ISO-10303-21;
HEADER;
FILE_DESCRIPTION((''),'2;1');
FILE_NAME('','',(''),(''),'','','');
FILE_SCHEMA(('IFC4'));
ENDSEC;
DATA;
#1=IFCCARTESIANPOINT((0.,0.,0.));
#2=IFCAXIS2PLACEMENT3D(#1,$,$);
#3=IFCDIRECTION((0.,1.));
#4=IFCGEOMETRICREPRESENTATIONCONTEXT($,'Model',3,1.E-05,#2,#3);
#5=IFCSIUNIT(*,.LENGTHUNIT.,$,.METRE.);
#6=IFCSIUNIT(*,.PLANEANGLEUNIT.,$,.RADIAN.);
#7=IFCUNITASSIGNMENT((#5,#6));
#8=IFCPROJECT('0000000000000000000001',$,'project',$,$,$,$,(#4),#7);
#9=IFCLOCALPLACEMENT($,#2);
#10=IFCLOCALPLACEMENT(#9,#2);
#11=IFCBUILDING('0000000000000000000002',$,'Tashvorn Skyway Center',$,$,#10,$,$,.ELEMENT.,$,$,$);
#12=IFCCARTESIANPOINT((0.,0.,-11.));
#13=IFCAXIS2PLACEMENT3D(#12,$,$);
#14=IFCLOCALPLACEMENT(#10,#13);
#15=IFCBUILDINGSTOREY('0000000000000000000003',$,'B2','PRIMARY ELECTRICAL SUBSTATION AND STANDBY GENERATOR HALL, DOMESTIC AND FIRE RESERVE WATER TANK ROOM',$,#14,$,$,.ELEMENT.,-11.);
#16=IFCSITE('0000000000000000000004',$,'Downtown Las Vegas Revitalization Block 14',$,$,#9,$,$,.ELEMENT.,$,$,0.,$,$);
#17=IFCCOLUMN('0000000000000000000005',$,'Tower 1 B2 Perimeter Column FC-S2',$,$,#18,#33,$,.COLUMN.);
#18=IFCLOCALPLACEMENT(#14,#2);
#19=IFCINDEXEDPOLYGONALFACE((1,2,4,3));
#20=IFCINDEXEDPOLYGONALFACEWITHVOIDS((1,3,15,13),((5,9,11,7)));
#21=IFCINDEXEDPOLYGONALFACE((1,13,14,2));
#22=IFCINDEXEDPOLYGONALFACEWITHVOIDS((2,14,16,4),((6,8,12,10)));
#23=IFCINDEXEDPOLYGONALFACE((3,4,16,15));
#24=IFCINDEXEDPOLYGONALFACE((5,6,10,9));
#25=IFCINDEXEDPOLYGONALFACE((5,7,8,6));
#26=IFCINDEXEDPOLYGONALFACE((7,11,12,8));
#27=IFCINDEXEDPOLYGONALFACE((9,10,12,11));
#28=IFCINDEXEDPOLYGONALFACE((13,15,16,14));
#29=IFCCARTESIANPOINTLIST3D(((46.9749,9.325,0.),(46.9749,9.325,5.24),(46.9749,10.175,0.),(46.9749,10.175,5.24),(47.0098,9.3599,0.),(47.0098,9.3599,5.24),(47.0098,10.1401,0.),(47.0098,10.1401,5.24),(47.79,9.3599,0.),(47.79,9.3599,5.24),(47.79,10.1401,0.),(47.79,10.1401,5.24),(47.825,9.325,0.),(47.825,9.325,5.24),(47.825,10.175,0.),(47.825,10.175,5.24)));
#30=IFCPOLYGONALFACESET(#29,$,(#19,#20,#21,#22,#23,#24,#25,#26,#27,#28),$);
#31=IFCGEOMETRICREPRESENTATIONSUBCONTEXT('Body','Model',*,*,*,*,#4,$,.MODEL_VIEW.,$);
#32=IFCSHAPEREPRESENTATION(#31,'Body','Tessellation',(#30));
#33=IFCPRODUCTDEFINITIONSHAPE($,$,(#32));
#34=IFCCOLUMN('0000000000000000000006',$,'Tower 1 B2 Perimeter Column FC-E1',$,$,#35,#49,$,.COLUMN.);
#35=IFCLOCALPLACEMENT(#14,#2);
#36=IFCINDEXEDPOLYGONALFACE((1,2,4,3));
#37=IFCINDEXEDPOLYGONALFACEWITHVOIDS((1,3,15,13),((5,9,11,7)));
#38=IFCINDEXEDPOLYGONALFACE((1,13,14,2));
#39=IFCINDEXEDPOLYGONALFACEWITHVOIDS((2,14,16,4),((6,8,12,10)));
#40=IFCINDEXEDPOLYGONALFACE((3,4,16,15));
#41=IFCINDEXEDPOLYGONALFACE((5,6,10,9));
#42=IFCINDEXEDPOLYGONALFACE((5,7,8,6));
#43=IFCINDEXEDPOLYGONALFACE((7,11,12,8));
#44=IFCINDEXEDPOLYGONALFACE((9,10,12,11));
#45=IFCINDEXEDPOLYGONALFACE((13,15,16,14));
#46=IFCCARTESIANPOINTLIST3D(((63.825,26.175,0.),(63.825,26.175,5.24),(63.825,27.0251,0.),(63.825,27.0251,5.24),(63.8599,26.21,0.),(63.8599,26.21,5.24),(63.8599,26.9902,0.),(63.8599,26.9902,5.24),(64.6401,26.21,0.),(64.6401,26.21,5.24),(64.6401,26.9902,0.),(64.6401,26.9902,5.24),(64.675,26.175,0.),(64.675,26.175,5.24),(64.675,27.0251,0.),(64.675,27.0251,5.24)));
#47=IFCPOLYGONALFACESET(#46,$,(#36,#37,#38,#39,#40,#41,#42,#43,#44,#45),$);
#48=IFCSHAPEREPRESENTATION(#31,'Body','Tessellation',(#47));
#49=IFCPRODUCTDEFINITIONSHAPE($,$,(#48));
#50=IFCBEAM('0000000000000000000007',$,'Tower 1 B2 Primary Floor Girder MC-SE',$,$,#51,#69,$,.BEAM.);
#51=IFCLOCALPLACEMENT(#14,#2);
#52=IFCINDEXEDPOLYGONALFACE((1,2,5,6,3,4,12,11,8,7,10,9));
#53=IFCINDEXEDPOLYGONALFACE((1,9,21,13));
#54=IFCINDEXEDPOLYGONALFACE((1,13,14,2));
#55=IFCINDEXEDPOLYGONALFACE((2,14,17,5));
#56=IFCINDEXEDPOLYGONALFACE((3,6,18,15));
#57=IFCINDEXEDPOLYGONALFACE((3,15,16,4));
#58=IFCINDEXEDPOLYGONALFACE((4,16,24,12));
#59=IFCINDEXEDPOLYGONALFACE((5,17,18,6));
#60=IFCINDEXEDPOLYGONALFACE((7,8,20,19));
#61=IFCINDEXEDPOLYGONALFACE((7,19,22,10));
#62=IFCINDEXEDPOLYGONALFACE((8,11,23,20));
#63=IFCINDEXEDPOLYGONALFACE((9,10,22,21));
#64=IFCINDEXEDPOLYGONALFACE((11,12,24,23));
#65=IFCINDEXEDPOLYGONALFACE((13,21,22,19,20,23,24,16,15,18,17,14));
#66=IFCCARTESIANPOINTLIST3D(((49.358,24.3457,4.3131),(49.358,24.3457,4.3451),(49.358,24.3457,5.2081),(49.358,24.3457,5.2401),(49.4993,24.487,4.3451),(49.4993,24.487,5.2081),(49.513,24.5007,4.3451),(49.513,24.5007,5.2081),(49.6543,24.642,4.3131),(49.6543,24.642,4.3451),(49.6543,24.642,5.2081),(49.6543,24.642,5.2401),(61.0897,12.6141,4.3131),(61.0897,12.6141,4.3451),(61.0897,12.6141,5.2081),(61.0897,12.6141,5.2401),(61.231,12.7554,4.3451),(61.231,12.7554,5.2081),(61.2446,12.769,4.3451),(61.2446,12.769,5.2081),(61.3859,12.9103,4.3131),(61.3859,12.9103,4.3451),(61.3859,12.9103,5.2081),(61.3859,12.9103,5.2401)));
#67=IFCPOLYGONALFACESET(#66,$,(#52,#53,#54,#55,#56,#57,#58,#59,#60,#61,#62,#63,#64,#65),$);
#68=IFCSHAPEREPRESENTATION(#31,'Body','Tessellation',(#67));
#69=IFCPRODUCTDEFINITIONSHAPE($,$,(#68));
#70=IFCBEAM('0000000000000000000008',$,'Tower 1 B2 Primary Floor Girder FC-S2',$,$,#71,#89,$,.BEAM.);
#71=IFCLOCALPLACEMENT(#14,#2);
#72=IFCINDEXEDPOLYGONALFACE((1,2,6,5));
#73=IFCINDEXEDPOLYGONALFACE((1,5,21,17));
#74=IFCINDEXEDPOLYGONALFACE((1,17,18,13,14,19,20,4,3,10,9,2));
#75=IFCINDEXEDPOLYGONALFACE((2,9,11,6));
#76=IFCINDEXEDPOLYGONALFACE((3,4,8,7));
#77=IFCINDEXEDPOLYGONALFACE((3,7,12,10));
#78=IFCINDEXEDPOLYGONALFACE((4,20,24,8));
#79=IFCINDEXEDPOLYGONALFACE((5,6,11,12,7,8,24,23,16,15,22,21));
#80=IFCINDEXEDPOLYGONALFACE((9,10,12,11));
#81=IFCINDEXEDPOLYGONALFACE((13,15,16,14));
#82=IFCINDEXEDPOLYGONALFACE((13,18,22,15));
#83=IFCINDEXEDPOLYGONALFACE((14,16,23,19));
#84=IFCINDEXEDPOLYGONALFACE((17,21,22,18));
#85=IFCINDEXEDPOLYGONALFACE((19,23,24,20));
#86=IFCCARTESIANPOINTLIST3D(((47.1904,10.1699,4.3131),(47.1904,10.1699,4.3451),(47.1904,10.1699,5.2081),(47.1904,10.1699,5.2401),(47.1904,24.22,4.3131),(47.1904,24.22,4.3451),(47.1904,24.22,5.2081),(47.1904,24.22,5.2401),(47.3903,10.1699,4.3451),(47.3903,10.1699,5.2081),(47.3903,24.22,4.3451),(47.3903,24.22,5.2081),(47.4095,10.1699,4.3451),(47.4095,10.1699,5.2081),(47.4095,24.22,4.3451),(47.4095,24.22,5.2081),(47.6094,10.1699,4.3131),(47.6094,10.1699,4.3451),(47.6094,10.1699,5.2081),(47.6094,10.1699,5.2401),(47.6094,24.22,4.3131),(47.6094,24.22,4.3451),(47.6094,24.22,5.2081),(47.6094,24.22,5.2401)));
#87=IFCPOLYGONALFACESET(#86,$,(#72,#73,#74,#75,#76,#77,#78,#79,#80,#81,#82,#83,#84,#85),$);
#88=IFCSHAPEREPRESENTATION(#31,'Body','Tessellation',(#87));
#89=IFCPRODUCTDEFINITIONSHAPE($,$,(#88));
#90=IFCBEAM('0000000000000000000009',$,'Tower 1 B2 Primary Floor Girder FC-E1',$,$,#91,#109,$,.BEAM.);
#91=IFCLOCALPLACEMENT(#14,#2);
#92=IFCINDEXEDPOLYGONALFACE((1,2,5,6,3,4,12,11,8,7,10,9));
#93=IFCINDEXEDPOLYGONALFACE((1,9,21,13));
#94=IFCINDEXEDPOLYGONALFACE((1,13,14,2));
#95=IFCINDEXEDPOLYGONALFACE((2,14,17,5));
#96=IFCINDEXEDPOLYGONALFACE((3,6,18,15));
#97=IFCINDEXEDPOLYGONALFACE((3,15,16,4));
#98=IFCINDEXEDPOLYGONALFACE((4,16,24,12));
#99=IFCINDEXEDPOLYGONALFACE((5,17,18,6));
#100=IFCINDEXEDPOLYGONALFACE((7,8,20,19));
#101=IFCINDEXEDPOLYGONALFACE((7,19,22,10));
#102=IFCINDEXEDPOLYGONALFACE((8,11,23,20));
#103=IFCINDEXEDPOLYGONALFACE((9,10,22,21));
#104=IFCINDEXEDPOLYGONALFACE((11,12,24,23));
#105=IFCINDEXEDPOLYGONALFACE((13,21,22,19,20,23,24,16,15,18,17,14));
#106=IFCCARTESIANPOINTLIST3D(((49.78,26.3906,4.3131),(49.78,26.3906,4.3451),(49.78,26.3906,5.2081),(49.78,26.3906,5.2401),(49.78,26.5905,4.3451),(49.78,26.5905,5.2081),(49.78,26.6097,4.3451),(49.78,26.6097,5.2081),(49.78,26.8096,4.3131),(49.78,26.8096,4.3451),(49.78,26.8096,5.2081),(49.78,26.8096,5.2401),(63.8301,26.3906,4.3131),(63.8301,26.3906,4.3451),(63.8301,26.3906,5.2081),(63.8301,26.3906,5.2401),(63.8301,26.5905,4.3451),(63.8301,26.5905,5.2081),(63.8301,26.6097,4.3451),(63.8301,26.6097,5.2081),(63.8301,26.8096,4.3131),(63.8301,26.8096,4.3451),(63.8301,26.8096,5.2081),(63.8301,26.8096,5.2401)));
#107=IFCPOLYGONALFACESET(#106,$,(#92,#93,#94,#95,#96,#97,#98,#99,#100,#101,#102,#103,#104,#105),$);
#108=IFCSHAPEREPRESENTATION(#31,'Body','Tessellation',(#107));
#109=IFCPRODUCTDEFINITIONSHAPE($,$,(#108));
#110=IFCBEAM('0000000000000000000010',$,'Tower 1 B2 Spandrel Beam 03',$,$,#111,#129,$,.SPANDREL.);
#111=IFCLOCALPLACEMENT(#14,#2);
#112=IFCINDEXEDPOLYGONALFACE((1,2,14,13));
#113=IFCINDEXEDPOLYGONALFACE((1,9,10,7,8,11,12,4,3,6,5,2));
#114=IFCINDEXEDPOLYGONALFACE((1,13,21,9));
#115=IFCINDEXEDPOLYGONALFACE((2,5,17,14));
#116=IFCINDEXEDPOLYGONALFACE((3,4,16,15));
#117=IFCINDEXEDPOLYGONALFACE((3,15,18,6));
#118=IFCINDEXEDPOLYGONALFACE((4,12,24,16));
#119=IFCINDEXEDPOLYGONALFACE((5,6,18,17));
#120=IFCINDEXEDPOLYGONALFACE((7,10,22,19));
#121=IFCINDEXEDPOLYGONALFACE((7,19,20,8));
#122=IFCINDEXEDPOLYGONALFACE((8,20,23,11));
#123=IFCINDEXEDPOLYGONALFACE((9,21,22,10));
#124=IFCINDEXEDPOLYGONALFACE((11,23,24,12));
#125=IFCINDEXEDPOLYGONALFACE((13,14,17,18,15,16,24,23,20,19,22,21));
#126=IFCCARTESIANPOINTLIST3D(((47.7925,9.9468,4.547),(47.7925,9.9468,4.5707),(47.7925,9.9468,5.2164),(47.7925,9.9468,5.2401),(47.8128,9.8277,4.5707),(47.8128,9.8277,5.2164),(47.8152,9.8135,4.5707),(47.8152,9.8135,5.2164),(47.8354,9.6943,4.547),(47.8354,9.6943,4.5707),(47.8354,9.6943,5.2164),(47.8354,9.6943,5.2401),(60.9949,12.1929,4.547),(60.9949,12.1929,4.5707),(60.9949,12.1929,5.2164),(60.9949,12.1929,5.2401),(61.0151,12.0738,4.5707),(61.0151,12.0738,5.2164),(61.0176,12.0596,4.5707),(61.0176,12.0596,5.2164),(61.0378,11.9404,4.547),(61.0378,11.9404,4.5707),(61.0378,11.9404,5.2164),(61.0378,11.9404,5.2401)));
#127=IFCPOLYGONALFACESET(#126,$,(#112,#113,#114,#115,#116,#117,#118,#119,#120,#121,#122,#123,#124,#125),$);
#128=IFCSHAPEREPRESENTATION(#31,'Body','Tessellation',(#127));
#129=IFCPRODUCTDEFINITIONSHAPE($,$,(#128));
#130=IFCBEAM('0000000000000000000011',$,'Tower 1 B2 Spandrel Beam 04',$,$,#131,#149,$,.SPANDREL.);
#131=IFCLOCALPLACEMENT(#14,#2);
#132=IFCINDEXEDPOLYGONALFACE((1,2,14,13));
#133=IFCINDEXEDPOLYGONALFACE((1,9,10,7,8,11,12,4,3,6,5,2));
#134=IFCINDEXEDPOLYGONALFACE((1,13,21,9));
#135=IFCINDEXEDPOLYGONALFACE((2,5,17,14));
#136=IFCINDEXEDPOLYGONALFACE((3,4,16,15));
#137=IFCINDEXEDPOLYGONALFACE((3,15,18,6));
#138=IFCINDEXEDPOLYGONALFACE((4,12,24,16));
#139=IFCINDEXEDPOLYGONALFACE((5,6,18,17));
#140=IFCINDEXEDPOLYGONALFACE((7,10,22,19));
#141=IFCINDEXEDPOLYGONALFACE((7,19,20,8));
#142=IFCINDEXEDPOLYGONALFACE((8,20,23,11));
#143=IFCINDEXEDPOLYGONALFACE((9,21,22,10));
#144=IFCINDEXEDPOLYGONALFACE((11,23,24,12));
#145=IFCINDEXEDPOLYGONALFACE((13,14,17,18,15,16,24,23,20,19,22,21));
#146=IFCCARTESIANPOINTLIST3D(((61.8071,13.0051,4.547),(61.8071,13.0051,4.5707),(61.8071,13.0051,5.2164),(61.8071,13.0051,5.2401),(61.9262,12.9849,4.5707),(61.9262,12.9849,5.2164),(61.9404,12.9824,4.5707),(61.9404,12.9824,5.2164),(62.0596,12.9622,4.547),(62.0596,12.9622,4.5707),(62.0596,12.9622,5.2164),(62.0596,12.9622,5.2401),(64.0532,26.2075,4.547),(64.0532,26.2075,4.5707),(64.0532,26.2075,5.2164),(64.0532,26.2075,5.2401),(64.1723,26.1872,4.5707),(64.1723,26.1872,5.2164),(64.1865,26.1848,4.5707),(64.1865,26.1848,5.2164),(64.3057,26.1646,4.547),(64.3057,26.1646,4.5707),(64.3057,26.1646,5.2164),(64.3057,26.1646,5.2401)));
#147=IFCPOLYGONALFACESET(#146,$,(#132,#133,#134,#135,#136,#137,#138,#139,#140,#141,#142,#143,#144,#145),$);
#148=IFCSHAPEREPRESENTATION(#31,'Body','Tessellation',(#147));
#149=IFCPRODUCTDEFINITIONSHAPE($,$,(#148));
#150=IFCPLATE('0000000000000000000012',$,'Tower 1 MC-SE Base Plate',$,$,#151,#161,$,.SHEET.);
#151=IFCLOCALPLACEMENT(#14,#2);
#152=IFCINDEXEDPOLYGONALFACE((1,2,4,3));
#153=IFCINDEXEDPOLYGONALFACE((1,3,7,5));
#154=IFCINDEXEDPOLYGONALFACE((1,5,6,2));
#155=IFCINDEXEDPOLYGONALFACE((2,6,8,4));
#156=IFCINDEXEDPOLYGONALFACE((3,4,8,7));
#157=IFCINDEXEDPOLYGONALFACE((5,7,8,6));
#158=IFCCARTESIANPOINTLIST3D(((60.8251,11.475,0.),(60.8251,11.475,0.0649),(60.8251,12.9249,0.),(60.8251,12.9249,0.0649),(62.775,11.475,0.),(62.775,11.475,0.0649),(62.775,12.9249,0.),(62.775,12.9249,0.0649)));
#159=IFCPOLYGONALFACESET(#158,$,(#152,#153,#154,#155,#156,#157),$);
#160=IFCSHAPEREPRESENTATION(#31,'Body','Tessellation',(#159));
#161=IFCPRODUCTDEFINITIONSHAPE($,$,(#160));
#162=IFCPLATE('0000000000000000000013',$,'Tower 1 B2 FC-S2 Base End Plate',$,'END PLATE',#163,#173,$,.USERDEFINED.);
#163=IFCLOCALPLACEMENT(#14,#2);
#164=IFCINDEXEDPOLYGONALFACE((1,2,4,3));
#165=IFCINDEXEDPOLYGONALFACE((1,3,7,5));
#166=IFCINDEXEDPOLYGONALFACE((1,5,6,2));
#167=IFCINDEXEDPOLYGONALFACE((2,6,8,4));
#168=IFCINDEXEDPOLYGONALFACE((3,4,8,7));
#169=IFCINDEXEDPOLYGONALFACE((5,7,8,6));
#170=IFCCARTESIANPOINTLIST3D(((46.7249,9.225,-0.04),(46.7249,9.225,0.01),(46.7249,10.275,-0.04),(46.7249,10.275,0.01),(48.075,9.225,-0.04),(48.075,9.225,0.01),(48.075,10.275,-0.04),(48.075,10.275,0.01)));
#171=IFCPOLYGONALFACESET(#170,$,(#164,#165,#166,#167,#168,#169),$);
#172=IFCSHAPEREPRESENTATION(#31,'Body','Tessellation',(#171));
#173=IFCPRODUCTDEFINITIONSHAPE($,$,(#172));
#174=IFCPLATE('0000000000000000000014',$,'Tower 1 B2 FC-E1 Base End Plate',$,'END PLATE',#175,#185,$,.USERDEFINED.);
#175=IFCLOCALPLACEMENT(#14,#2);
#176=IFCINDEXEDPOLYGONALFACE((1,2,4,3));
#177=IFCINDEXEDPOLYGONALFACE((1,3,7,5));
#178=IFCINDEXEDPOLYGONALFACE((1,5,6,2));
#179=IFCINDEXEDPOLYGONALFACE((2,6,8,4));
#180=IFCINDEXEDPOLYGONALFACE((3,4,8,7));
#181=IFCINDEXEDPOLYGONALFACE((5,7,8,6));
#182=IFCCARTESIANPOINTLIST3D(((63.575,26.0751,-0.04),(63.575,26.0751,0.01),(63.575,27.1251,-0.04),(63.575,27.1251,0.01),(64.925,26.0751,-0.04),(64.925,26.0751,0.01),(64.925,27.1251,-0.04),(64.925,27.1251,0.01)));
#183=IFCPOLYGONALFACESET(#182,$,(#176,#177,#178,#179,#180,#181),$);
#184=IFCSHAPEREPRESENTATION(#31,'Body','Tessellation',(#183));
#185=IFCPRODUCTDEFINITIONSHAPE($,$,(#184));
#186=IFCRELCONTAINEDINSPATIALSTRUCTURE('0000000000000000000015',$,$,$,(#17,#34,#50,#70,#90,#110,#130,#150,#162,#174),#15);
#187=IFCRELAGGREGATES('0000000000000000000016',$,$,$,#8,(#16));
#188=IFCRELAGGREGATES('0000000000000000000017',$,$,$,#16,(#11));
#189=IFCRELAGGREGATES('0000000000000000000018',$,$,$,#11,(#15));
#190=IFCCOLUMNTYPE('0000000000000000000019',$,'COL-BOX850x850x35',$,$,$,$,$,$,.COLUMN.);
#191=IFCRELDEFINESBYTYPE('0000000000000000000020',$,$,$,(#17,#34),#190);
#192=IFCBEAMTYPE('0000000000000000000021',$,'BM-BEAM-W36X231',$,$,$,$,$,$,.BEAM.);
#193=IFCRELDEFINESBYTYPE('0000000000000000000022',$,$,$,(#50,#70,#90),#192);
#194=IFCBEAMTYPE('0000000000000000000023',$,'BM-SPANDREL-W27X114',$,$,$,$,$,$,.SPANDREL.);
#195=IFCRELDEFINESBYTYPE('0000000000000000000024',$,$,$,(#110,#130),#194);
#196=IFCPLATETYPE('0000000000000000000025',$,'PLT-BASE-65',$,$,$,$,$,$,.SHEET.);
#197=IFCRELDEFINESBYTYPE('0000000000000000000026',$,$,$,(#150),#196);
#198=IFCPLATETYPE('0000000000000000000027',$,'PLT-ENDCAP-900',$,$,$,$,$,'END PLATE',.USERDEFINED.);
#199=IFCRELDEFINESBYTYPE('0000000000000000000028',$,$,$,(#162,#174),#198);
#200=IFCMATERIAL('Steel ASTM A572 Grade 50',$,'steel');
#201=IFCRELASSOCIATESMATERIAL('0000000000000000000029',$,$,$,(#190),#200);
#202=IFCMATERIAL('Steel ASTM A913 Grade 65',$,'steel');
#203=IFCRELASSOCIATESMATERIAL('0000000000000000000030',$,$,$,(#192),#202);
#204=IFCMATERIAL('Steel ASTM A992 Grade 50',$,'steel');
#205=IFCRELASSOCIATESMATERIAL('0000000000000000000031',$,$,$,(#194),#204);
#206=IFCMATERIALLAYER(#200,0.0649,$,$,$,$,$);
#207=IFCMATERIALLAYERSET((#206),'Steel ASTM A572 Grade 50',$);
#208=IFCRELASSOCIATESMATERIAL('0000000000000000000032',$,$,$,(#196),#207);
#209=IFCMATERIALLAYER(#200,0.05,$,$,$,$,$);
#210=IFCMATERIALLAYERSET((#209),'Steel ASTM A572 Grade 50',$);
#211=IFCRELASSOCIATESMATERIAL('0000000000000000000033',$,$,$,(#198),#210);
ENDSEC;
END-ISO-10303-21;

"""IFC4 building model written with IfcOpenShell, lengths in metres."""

from ifc_helpers import new_model, si_unit, direction, frame, origin, origin_2d, place, context, subcontext, project, spatial, rectangle, hollow_rectangle, i_section, extrude, material, layer, layer_set, material_profile, profile_set, type_object, element, save


model = new_model("IFC4")

# Units and contexts
model_context = context("Model", 3, precision=1e-05, world=origin(), true_north=direction((0.0, 1.0)))
body_context = subcontext(model_context, "Body", "Model", "MODEL_VIEW")
ifc_project = project(units=[si_unit("LENGTHUNIT", "METRE"), si_unit("PLANEANGLEUNIT", "RADIAN")], contexts=[model_context])

# Site, building, storey
site_placement = place(None, origin())
site = spatial("IfcSite", under=ifc_project, at=site_placement, Name="Downtown Las Vegas Revitalization Block 14", CompositionType="ELEMENT", RefElevation=0.0)
building_placement = place(site_placement, origin())
building = spatial("IfcBuilding", under=site, at=building_placement, Name="Tashvorn Skyway Center", CompositionType="ELEMENT")
storey_placement = place(building_placement, frame((0.0, 0.0, -11.0)))
storey = spatial("IfcBuildingStorey", under=building, at=storey_placement, Name="B2", Description="PRIMARY ELECTRICAL SUBSTATION AND STANDBY GENERATOR HALL, DOMESTIC AND FIRE RESERVE WATER TANK ROOM", CompositionType="ELEMENT", Elevation=-11.0)

# Columns
ifc_material_1 = material(Name="Steel ASTM A572 Grade 50", Category="steel")
ifc_material_profile_1 = material_profile(ifc_material_1, hollow_rectangle(XDim=0.8501, YDim=0.8501, WallThickness=0.0349, at=origin_2d()), Name="BOX850x850x35")
ifc_profile_set_1 = profile_set([ifc_material_profile_1], Name="Steel ASTM A572 Grade 50")
column_type_1 = type_object("IfcColumnType", Name="COL-BOX850x850x35", PredefinedType="COLUMN", material=ifc_profile_set_1)
for number, where, z_axis, x_axis, name in (
    (1, (47.3999, 9.75, 0.0), (0.0, 0.0, 1.0), (1.0, 0.0, 0.0), "Tower 1 B2 Perimeter Column FC-S2"),
    (2, (64.25, 26.6001, 0.0), (0.0, 0.0, 1.0), (1.0, 0.0, 0.0), "Tower 1 B2 Perimeter Column FC-E1"),
):
    element("IfcColumn", number, at=place(storey_placement, frame(where, z_axis=z_axis, x_axis=x_axis)), inside=storey, type_object=column_type_1, Name=name, PredefinedType="COLUMN", context=body_context, shape_type="SweptSolid", body=[
        extrude(hollow_rectangle(XDim=0.8501, YDim=0.8501, WallThickness=0.0349, at=origin_2d()), origin(), (0.0, 0.0, 1.0), 5.24),
    ])

# Beams
ifc_material_2 = material(Name="Steel ASTM A913 Grade 65", Category="steel")
ifc_material_profile_2 = material_profile(ifc_material_2, i_section(OverallWidth=0.4189, OverallDepth=0.927, WebThickness=0.0193, FlangeThickness=0.032, at=origin_2d()), Name="W36X231")
ifc_profile_set_2 = profile_set([ifc_material_profile_2], Name="Steel ASTM A913 Grade 65")
beam_type_1 = type_object("IfcBeamType", Name="BM-BEAM-W36X231", PredefinedType="BEAM", material=ifc_profile_set_2)
beam_placement = place(storey_placement, frame((61.2378, 12.7622, 4.7766), z_axis=(-0.707107, 0.707107, 0.0), x_axis=(-0.707107, -0.707107, 0.0)))
element("IfcBeam", 3, at=beam_placement, inside=storey, type_object=beam_type_1, Name="Tower 1 B2 Primary Floor Girder MC-SE", PredefinedType="BEAM", context=body_context, shape_type="SweptSolid", body=[
    extrude(i_section(OverallWidth=0.4189, OverallDepth=0.927, WebThickness=0.0193, FlangeThickness=0.032, at=origin_2d()), origin(), (0.0, 0.0, 1.0), 16.5911),
])
for number, where, z_axis, x_axis, name in (
    (4, (47.3999, 10.1699, 4.7766), (0.0, 1.0, 0.0), (-1.0, 0.0, 0.0), "Tower 1 B2 Primary Floor Girder FC-S2"),
    (5, (63.8301, 26.6001, 4.7766), (-1.0, 0.0, 0.0), (0.0, -1.0, 0.0), "Tower 1 B2 Primary Floor Girder FC-E1"),
):
    element("IfcBeam", number, at=place(storey_placement, frame(where, z_axis=z_axis, x_axis=x_axis)), inside=storey, type_object=beam_type_1, Name=name, PredefinedType="BEAM", context=body_context, shape_type="SweptSolid", body=[
        extrude(i_section(OverallWidth=0.4189, OverallDepth=0.927, WebThickness=0.0193, FlangeThickness=0.032, at=origin_2d()), origin(), (0.0, 0.0, 1.0), 14.05),
    ])
ifc_material_3 = material(Name="Steel ASTM A992 Grade 50", Category="steel")
ifc_material_profile_3 = material_profile(ifc_material_3, i_section(OverallWidth=0.2561, OverallDepth=0.6931, WebThickness=0.0144, FlangeThickness=0.0237, at=origin_2d()), Name="W27X114")
ifc_profile_set_3 = profile_set([ifc_material_profile_3], Name="Steel ASTM A992 Grade 50")
beam_type_2 = type_object("IfcBeamType", Name="BM-SPANDREL-W27X114", PredefinedType="SPANDREL", material=ifc_profile_set_3)
for number, where, z_axis, x_axis, name in (
    (6, (47.814, 9.8206, 4.8936), (0.985835, 0.167718, 0.0), (-0.167718, 0.985835, 0.0), "Tower 1 B2 Spandrel Beam 03"),
    (7, (61.9333, 12.9836, 4.8936), (0.167718, 0.985835, 0.0), (-0.985835, 0.167718, 0.0), "Tower 1 B2 Spandrel Beam 04"),
):
    element("IfcBeam", number, at=place(storey_placement, frame(where, z_axis=z_axis, x_axis=x_axis)), inside=storey, type_object=beam_type_2, Name=name, PredefinedType="SPANDREL", context=body_context, shape_type="SweptSolid", body=[
        extrude(i_section(OverallWidth=0.2561, OverallDepth=0.6931, WebThickness=0.0144, FlangeThickness=0.0237, at=origin_2d()), origin(), (0.0, 0.0, 1.0), 13.3921),
    ])

# Plates
ifc_layer_1 = layer(ifc_material_1, 0.0649)
ifc_layer_set_1 = layer_set([ifc_layer_1], Name="Steel ASTM A572 Grade 50")
plate_type_1 = type_object("IfcPlateType", Name="PLT-BASE-65", PredefinedType="SHEET", material=ifc_layer_set_1)
plate_placement = place(storey_placement, frame((61.8, 12.2, 0.0), z_axis=(0.0, 0.0, 1.0), x_axis=(1.0, 0.0, 0.0)))
element("IfcPlate", 8, at=plate_placement, inside=storey, type_object=plate_type_1, Name="Tower 1 MC-SE Base Plate", PredefinedType="SHEET", context=body_context, shape_type="SweptSolid", body=[
    extrude(rectangle(XDim=1.95, YDim=1.45, at=origin_2d()), origin(), (0.0, 0.0, 1.0), 0.0649),
])
ifc_layer_2 = layer(ifc_material_1, 0.05)
ifc_layer_set_2 = layer_set([ifc_layer_2], Name="Steel ASTM A572 Grade 50")
plate_type_2 = type_object("IfcPlateType", Name="PLT-ENDCAP-900", ElementType="END PLATE", PredefinedType="USERDEFINED", material=ifc_layer_set_2)
for number, where, z_axis, x_axis, name in (
    (9, (47.3999, 9.75, -0.04), (0.0, 0.0, 1.0), (1.0, 0.0, 0.0), "Tower 1 B2 FC-S2 Base End Plate"),
    (10, (64.25, 26.6001, -0.04), (0.0, 0.0, 1.0), (1.0, 0.0, 0.0), "Tower 1 B2 FC-E1 Base End Plate"),
):
    element("IfcPlate", number, at=place(storey_placement, frame(where, z_axis=z_axis, x_axis=x_axis)), inside=storey, type_object=plate_type_2, Name=name, ObjectType="END PLATE", PredefinedType="USERDEFINED", context=body_context, shape_type="SweptSolid", body=[
        extrude(rectangle(XDim=1.3501, YDim=1.05, at=origin_2d()), origin(), (0.0, 0.0, 1.0), 0.05),
    ])

save(model, "model.ifc")
